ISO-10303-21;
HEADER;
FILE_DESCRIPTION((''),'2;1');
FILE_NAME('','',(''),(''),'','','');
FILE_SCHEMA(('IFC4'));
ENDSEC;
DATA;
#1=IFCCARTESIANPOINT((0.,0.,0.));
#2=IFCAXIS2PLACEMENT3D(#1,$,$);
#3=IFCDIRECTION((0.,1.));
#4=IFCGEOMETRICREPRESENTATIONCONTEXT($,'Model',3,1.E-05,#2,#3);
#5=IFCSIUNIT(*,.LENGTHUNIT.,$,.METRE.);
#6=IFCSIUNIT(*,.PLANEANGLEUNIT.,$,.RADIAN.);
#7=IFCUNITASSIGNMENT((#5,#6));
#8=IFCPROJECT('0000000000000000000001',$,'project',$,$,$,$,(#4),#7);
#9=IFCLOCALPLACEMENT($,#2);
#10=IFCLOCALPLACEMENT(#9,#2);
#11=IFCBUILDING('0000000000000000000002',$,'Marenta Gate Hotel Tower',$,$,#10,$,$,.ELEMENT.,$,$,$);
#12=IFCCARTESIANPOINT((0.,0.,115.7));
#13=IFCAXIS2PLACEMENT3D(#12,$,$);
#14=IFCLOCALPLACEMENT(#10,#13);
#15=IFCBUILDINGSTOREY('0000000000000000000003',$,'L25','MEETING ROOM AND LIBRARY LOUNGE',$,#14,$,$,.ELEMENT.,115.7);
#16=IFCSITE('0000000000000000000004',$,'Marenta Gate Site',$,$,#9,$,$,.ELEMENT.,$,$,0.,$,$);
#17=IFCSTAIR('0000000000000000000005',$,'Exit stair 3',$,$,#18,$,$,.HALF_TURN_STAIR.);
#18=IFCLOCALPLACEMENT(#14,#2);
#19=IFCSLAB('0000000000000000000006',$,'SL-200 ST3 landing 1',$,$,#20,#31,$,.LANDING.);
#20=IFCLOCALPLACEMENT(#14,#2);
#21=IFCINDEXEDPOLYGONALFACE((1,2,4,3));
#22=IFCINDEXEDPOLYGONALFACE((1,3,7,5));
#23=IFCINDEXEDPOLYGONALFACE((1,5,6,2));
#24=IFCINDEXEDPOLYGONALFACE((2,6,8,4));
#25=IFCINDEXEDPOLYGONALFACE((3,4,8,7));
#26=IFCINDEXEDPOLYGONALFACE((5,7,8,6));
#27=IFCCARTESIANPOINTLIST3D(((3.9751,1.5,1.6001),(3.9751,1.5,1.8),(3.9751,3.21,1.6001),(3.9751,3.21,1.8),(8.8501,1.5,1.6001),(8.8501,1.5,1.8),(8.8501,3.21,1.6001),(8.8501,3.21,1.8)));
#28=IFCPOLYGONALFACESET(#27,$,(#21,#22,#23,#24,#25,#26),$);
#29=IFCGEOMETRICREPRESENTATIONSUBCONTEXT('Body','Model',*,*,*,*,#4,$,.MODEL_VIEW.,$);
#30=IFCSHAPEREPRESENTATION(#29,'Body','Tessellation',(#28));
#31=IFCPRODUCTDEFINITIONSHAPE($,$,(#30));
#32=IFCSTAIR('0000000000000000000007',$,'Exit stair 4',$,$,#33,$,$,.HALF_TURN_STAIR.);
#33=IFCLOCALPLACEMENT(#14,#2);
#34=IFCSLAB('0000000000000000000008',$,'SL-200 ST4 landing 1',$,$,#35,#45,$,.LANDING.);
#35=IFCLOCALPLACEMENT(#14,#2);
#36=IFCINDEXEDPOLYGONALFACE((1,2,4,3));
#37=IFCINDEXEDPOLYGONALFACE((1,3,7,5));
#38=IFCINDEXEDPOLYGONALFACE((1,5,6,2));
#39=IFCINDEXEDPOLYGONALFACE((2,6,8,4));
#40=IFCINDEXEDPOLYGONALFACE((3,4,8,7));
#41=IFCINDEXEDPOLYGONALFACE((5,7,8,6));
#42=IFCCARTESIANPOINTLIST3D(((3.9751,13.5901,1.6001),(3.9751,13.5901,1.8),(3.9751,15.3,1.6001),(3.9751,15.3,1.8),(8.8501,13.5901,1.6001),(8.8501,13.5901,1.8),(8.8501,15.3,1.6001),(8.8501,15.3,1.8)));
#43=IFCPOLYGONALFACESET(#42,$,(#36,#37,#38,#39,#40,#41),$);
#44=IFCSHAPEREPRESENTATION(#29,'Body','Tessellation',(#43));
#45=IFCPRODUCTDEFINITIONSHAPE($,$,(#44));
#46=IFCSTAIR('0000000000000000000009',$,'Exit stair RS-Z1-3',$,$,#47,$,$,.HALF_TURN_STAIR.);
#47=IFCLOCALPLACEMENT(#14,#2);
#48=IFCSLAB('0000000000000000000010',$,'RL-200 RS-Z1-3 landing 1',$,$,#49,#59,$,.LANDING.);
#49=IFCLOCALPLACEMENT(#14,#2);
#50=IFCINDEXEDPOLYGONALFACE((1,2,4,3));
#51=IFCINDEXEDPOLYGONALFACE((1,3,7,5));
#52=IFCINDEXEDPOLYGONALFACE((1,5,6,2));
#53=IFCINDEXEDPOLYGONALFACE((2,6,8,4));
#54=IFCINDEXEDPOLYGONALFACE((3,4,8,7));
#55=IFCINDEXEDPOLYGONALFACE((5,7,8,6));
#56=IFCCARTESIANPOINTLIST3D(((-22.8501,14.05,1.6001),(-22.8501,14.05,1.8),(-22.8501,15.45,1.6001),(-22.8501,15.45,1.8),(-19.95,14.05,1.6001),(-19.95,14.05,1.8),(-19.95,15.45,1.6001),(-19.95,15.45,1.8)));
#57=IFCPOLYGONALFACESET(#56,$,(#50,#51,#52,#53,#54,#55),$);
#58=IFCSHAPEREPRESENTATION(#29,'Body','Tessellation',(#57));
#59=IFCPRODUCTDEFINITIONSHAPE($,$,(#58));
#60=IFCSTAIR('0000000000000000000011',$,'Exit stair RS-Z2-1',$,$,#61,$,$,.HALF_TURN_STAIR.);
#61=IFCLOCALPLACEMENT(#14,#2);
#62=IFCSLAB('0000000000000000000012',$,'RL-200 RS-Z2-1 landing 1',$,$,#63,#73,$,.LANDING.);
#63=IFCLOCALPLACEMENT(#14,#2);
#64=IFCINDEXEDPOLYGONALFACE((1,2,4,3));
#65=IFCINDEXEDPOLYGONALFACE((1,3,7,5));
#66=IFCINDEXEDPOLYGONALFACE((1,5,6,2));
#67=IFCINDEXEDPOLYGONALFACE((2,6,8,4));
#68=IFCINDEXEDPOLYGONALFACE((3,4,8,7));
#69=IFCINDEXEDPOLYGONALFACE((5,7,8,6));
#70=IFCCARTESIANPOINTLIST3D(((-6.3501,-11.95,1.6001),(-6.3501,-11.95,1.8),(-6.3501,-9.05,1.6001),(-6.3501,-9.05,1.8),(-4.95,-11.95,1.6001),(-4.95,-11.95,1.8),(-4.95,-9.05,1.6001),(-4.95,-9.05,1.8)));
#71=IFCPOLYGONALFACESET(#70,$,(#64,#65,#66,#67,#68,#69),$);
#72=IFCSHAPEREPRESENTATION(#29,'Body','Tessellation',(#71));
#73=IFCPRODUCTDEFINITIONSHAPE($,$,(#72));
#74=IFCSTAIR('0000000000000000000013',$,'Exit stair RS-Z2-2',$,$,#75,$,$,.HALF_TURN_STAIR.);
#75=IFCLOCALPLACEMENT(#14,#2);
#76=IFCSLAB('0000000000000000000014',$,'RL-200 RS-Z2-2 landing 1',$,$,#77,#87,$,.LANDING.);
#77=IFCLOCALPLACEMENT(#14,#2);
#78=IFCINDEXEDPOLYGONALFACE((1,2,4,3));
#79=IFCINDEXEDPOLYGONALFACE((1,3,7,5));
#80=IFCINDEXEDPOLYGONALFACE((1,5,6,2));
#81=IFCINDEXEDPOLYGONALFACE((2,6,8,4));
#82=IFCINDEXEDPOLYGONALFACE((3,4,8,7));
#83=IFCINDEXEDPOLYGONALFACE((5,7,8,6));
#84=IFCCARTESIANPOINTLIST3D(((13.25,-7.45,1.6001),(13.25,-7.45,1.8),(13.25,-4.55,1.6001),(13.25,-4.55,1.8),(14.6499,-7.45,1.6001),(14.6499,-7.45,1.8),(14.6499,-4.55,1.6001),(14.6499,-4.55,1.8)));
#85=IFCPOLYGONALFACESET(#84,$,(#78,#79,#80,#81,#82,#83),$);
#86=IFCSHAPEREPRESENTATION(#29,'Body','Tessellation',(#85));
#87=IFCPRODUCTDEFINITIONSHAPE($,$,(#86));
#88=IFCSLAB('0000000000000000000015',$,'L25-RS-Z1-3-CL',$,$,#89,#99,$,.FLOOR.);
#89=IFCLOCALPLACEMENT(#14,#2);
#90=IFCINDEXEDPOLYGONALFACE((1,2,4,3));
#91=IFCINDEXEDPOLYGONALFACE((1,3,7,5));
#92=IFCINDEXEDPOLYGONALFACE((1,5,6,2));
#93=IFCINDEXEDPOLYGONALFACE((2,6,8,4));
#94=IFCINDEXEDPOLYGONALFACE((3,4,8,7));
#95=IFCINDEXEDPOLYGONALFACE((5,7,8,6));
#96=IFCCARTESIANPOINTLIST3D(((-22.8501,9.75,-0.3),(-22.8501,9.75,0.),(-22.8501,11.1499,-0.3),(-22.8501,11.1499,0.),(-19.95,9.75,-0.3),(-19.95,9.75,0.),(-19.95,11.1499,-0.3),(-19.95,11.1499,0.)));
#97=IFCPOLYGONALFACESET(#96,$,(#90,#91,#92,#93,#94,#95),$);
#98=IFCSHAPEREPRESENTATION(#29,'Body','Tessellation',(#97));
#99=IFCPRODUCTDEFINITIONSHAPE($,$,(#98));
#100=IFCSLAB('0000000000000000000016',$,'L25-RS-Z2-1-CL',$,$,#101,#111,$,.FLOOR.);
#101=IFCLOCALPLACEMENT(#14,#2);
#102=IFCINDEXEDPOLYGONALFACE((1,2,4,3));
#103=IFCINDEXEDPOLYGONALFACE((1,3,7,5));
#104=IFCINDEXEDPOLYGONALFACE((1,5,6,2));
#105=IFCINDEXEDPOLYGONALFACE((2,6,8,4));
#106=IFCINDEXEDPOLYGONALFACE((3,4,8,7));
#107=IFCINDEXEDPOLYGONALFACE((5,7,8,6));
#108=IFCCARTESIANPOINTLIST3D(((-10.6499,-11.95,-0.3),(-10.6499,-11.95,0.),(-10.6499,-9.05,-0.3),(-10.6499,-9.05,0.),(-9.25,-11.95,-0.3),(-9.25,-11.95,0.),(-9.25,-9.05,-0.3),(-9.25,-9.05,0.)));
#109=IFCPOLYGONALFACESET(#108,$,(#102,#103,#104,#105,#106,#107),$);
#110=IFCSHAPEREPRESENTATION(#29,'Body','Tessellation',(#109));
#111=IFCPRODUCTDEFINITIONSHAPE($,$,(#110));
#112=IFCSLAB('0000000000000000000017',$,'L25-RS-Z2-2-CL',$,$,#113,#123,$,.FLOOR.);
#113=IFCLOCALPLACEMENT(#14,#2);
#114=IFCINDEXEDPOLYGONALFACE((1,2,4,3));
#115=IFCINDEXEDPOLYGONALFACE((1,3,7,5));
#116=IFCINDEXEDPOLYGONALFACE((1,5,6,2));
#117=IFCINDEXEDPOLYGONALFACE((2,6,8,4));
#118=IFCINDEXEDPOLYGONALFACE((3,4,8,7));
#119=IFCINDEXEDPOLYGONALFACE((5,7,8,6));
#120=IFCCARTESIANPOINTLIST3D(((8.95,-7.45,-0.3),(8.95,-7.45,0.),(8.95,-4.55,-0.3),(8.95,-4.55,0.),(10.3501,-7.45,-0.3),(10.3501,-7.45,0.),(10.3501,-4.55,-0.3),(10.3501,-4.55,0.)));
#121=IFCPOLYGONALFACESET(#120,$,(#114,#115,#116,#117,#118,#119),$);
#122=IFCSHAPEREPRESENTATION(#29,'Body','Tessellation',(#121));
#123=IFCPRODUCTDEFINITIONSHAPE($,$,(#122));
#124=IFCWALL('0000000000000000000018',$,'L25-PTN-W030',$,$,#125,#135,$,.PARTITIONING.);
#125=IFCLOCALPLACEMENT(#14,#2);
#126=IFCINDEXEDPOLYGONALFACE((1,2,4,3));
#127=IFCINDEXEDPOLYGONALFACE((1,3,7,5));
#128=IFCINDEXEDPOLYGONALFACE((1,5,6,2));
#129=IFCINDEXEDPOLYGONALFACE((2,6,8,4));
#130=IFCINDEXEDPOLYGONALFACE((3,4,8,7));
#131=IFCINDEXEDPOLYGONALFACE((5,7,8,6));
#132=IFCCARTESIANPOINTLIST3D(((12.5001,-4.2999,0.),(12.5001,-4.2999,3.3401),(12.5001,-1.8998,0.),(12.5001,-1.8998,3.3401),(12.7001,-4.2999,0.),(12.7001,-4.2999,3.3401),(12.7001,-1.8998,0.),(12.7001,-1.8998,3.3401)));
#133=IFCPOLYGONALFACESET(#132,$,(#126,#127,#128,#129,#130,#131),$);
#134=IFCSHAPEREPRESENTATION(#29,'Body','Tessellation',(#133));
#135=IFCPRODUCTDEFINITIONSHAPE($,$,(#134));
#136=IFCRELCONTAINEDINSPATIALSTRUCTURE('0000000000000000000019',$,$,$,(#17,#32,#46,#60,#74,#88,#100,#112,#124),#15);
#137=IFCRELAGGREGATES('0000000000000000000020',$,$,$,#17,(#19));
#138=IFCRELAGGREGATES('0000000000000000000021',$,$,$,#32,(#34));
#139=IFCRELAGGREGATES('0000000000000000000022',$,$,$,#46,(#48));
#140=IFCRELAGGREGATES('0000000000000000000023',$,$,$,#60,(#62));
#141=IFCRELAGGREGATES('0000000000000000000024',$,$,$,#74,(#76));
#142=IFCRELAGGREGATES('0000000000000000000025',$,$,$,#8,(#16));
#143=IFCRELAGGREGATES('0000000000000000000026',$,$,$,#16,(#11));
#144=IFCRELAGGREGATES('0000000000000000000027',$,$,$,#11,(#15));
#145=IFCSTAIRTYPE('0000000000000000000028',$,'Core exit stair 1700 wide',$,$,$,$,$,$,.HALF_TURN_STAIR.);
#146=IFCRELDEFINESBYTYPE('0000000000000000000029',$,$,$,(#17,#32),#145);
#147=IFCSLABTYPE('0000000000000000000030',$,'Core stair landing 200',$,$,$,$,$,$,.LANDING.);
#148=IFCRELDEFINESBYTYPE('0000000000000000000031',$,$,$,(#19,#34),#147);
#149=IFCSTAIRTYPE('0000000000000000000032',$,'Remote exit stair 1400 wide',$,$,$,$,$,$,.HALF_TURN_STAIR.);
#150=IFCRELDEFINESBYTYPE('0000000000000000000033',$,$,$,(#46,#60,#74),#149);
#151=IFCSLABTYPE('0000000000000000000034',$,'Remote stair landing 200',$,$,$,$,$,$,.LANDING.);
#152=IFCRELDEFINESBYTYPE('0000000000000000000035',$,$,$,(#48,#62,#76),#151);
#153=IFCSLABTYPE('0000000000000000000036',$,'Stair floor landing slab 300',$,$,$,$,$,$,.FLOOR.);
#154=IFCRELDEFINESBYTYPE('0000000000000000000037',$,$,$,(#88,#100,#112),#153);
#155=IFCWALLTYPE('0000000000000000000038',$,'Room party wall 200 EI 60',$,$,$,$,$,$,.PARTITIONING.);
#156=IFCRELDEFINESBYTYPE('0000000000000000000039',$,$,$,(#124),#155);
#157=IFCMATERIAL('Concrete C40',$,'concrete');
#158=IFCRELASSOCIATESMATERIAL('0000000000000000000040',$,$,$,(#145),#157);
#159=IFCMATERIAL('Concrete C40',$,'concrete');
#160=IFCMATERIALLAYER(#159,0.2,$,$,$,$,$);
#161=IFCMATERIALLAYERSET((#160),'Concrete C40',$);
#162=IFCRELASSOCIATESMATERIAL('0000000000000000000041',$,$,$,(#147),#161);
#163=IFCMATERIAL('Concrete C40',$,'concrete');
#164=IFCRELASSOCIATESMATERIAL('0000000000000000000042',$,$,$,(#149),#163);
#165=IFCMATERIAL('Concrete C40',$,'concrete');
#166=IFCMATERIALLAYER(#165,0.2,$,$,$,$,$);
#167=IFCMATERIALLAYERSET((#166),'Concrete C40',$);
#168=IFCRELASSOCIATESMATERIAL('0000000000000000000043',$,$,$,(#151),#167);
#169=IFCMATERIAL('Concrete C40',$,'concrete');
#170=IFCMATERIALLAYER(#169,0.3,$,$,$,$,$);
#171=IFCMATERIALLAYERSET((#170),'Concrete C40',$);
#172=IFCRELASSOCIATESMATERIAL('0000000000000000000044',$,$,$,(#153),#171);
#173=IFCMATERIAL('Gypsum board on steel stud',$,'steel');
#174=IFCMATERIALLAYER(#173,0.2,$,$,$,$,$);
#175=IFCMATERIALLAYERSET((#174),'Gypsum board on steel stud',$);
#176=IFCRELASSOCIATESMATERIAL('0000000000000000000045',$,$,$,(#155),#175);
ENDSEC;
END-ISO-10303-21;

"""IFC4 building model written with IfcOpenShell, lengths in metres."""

from ifc_helpers import new_model, si_unit, direction, frame, frame_2d, origin, place, context, subcontext, project, spatial, polyline, rectangle, outline, extrude, material, layer, layer_set, type_object, element, aggregate, save


model = new_model("IFC4")

# Units and contexts
model_context = context("Model", 3, precision=1e-05, world=origin(), true_north=direction((0.0, 1.0)))
body_context = subcontext(model_context, "Body", "Model", "MODEL_VIEW")
ifc_project = project(units=[si_unit("LENGTHUNIT", "METRE"), si_unit("PLANEANGLEUNIT", "RADIAN")], contexts=[model_context])

# Site, building, storey
site_placement = place(None, origin())
site = spatial("IfcSite", under=ifc_project, at=site_placement, Name="Marenta Gate Site", CompositionType="ELEMENT", RefElevation=0.0)
building_placement = place(site_placement, origin())
building = spatial("IfcBuilding", under=site, at=building_placement, Name="Marenta Gate Hotel Tower", CompositionType="ELEMENT")
storey_placement = place(building_placement, frame((0.0, 0.0, 115.7)))
storey = spatial("IfcBuildingStorey", under=building, at=storey_placement, Name="L25", Description="MEETING ROOM AND LIBRARY LOUNGE", CompositionType="ELEMENT", Elevation=115.7)

# Stairs, slabs
ifc_material_1 = material(Name="Concrete C40", Category="concrete")
stair_type_1 = type_object("IfcStairType", Name="Core exit stair 1700 wide", PredefinedType="HALF_TURN_STAIR", material=ifc_material_1)
ifc_material_2 = material(Name="Concrete C40", Category="concrete")
ifc_layer_1 = layer(ifc_material_2, 0.2)
ifc_layer_set_1 = layer_set([ifc_layer_1], Name="Concrete C40")
slab_type_1 = type_object("IfcSlabType", Name="Core stair landing 200", PredefinedType="LANDING", material=ifc_layer_set_1)
stair_1_placement = place(storey_placement, origin())
stair_1 = element("IfcStair", 1, at=stair_1_placement, inside=storey, type_object=stair_type_1, Name="Exit stair 3", PredefinedType="HALF_TURN_STAIR")
slab_1_placement = place(storey_placement, frame((0.0, 0.0, 1.6001)))
slab_1 = element("IfcSlab", 2, at=slab_1_placement, type_object=slab_type_1, Name="SL-200 ST3 landing 1", PredefinedType="LANDING", context=body_context, shape_type="SweptSolid", body=[
    extrude(outline(polyline([(3.9751, 1.5), (8.8501, 1.5), (8.8501, 3.21), (3.9751, 3.21), (3.9751, 1.5)])), origin(), (0.0, 0.0, 1.0), 0.2),
])
aggregate(stair_1, [slab_1])
stair_2_placement = place(storey_placement, origin())
stair_2 = element("IfcStair", 3, at=stair_2_placement, inside=storey, type_object=stair_type_1, Name="Exit stair 4", PredefinedType="HALF_TURN_STAIR")
slab_2_placement = place(storey_placement, frame((0.0, 0.0, 1.6001)))
slab_2 = element("IfcSlab", 4, at=slab_2_placement, type_object=slab_type_1, Name="SL-200 ST4 landing 1", PredefinedType="LANDING", context=body_context, shape_type="SweptSolid", body=[
    extrude(outline(polyline([(3.9751, 13.5901), (8.8501, 13.5901), (8.8501, 15.3), (3.9751, 15.3), (3.9751, 13.5901)])), origin(), (0.0, 0.0, 1.0), 0.2),
])
aggregate(stair_2, [slab_2])
ifc_material_3 = material(Name="Concrete C40", Category="concrete")
stair_type_2 = type_object("IfcStairType", Name="Remote exit stair 1400 wide", PredefinedType="HALF_TURN_STAIR", material=ifc_material_3)
stair_3_placement = place(storey_placement, origin())
stair_3 = element("IfcStair", 5, at=stair_3_placement, inside=storey, type_object=stair_type_2, Name="Exit stair RS-Z1-3", PredefinedType="HALF_TURN_STAIR")
ifc_material_4 = material(Name="Concrete C40", Category="concrete")
ifc_layer_2 = layer(ifc_material_4, 0.2)
ifc_layer_set_2 = layer_set([ifc_layer_2], Name="Concrete C40")
slab_type_2 = type_object("IfcSlabType", Name="Remote stair landing 200", PredefinedType="LANDING", material=ifc_layer_set_2)
slab_3_placement = place(storey_placement, frame((0.0, 0.0, 1.6001)))
slab_3 = element("IfcSlab", 6, at=slab_3_placement, type_object=slab_type_2, Name="RL-200 RS-Z1-3 landing 1", PredefinedType="LANDING", context=body_context, shape_type="SweptSolid", body=[
    extrude(outline(polyline([(-22.8501, 14.05), (-19.95, 14.05), (-19.95, 15.45), (-22.8501, 15.45), (-22.8501, 14.05)])), origin(), (0.0, 0.0, 1.0), 0.2),
])
aggregate(stair_3, [slab_3])
stair_4_placement = place(storey_placement, origin())
stair_4 = element("IfcStair", 7, at=stair_4_placement, inside=storey, type_object=stair_type_2, Name="Exit stair RS-Z2-1", PredefinedType="HALF_TURN_STAIR")
slab_4_placement = place(storey_placement, frame((0.0, 0.0, 1.6001)))
slab_4 = element("IfcSlab", 8, at=slab_4_placement, type_object=slab_type_2, Name="RL-200 RS-Z2-1 landing 1", PredefinedType="LANDING", context=body_context, shape_type="SweptSolid", body=[
    extrude(outline(polyline([(-6.3501, -11.95), (-4.95, -11.95), (-4.95, -9.05), (-6.3501, -9.05), (-6.3501, -11.95)])), origin(), (0.0, 0.0, 1.0), 0.2),
])
aggregate(stair_4, [slab_4])
stair_5_placement = place(storey_placement, origin())
stair_5 = element("IfcStair", 9, at=stair_5_placement, inside=storey, type_object=stair_type_2, Name="Exit stair RS-Z2-2", PredefinedType="HALF_TURN_STAIR")
slab_5_placement = place(storey_placement, frame((0.0, 0.0, 1.6001)))
slab_5 = element("IfcSlab", 10, at=slab_5_placement, type_object=slab_type_2, Name="RL-200 RS-Z2-2 landing 1", PredefinedType="LANDING", context=body_context, shape_type="SweptSolid", body=[
    extrude(outline(polyline([(13.25, -7.45), (14.6499, -7.45), (14.6499, -4.55), (13.25, -4.55), (13.25, -7.45)])), origin(), (0.0, 0.0, 1.0), 0.2),
])
aggregate(stair_5, [slab_5])

# Slabs
ifc_material_5 = material(Name="Concrete C40", Category="concrete")
ifc_layer_3 = layer(ifc_material_5, 0.3)
ifc_layer_set_3 = layer_set([ifc_layer_3], Name="Concrete C40")
slab_type_3 = type_object("IfcSlabType", Name="Stair floor landing slab 300", PredefinedType="FLOOR", material=ifc_layer_set_3)
slab_6_placement = place(storey_placement, frame((0.0, 0.0, -0.3)))
element("IfcSlab", 11, at=slab_6_placement, inside=storey, type_object=slab_type_3, Name="L25-RS-Z1-3-CL", PredefinedType="FLOOR", context=body_context, shape_type="SweptSolid", body=[
    extrude(outline(polyline([(-19.95, 9.75), (-19.95, 11.1499), (-22.8501, 11.1499), (-22.8501, 9.75), (-19.95, 9.75)])), origin(), (0.0, 0.0, 1.0), 0.3),
])
slab_7_placement = place(storey_placement, frame((0.0, 0.0, -0.3)))
element("IfcSlab", 12, at=slab_7_placement, inside=storey, type_object=slab_type_3, Name="L25-RS-Z2-1-CL", PredefinedType="FLOOR", context=body_context, shape_type="SweptSolid", body=[
    extrude(outline(polyline([(-9.25, -11.95), (-9.25, -9.05), (-10.6499, -9.05), (-10.6499, -11.95), (-9.25, -11.95)])), origin(), (0.0, 0.0, 1.0), 0.3),
])
slab_8_placement = place(storey_placement, frame((0.0, 0.0, -0.3)))
element("IfcSlab", 13, at=slab_8_placement, inside=storey, type_object=slab_type_3, Name="L25-RS-Z2-2-CL", PredefinedType="FLOOR", context=body_context, shape_type="SweptSolid", body=[
    extrude(outline(polyline([(10.3501, -7.45), (10.3501, -4.55), (8.95, -4.55), (8.95, -7.45), (10.3501, -7.45)])), origin(), (0.0, 0.0, 1.0), 0.3),
])

# Wall
ifc_material_6 = material(Name="Gypsum board on steel stud", Category="steel")
ifc_layer_4 = layer(ifc_material_6, 0.2)
ifc_layer_set_4 = layer_set([ifc_layer_4], Name="Gypsum board on steel stud")
wall_type_1 = type_object("IfcWallType", Name="Room party wall 200 EI 60", PredefinedType="PARTITIONING", material=ifc_layer_set_4)
wall_1_placement = place(storey_placement, frame((12.6001, -4.3, 0.0), z_axis=(0.0, 0.0, 1.0), x_axis=(0.0, 1.0, 0.0)))
element("IfcWall", 14, at=wall_1_placement, inside=storey, type_object=wall_type_1, Name="L25-PTN-W030", PredefinedType="PARTITIONING", context=body_context, shape_type="SweptSolid", body=[
    extrude(rectangle(XDim=2.4001, YDim=0.2, at=frame_2d((1.2002, 0.0))), origin(), (0.0, 0.0, 1.0), 3.3401),
])

save(model, "model.ifc")
